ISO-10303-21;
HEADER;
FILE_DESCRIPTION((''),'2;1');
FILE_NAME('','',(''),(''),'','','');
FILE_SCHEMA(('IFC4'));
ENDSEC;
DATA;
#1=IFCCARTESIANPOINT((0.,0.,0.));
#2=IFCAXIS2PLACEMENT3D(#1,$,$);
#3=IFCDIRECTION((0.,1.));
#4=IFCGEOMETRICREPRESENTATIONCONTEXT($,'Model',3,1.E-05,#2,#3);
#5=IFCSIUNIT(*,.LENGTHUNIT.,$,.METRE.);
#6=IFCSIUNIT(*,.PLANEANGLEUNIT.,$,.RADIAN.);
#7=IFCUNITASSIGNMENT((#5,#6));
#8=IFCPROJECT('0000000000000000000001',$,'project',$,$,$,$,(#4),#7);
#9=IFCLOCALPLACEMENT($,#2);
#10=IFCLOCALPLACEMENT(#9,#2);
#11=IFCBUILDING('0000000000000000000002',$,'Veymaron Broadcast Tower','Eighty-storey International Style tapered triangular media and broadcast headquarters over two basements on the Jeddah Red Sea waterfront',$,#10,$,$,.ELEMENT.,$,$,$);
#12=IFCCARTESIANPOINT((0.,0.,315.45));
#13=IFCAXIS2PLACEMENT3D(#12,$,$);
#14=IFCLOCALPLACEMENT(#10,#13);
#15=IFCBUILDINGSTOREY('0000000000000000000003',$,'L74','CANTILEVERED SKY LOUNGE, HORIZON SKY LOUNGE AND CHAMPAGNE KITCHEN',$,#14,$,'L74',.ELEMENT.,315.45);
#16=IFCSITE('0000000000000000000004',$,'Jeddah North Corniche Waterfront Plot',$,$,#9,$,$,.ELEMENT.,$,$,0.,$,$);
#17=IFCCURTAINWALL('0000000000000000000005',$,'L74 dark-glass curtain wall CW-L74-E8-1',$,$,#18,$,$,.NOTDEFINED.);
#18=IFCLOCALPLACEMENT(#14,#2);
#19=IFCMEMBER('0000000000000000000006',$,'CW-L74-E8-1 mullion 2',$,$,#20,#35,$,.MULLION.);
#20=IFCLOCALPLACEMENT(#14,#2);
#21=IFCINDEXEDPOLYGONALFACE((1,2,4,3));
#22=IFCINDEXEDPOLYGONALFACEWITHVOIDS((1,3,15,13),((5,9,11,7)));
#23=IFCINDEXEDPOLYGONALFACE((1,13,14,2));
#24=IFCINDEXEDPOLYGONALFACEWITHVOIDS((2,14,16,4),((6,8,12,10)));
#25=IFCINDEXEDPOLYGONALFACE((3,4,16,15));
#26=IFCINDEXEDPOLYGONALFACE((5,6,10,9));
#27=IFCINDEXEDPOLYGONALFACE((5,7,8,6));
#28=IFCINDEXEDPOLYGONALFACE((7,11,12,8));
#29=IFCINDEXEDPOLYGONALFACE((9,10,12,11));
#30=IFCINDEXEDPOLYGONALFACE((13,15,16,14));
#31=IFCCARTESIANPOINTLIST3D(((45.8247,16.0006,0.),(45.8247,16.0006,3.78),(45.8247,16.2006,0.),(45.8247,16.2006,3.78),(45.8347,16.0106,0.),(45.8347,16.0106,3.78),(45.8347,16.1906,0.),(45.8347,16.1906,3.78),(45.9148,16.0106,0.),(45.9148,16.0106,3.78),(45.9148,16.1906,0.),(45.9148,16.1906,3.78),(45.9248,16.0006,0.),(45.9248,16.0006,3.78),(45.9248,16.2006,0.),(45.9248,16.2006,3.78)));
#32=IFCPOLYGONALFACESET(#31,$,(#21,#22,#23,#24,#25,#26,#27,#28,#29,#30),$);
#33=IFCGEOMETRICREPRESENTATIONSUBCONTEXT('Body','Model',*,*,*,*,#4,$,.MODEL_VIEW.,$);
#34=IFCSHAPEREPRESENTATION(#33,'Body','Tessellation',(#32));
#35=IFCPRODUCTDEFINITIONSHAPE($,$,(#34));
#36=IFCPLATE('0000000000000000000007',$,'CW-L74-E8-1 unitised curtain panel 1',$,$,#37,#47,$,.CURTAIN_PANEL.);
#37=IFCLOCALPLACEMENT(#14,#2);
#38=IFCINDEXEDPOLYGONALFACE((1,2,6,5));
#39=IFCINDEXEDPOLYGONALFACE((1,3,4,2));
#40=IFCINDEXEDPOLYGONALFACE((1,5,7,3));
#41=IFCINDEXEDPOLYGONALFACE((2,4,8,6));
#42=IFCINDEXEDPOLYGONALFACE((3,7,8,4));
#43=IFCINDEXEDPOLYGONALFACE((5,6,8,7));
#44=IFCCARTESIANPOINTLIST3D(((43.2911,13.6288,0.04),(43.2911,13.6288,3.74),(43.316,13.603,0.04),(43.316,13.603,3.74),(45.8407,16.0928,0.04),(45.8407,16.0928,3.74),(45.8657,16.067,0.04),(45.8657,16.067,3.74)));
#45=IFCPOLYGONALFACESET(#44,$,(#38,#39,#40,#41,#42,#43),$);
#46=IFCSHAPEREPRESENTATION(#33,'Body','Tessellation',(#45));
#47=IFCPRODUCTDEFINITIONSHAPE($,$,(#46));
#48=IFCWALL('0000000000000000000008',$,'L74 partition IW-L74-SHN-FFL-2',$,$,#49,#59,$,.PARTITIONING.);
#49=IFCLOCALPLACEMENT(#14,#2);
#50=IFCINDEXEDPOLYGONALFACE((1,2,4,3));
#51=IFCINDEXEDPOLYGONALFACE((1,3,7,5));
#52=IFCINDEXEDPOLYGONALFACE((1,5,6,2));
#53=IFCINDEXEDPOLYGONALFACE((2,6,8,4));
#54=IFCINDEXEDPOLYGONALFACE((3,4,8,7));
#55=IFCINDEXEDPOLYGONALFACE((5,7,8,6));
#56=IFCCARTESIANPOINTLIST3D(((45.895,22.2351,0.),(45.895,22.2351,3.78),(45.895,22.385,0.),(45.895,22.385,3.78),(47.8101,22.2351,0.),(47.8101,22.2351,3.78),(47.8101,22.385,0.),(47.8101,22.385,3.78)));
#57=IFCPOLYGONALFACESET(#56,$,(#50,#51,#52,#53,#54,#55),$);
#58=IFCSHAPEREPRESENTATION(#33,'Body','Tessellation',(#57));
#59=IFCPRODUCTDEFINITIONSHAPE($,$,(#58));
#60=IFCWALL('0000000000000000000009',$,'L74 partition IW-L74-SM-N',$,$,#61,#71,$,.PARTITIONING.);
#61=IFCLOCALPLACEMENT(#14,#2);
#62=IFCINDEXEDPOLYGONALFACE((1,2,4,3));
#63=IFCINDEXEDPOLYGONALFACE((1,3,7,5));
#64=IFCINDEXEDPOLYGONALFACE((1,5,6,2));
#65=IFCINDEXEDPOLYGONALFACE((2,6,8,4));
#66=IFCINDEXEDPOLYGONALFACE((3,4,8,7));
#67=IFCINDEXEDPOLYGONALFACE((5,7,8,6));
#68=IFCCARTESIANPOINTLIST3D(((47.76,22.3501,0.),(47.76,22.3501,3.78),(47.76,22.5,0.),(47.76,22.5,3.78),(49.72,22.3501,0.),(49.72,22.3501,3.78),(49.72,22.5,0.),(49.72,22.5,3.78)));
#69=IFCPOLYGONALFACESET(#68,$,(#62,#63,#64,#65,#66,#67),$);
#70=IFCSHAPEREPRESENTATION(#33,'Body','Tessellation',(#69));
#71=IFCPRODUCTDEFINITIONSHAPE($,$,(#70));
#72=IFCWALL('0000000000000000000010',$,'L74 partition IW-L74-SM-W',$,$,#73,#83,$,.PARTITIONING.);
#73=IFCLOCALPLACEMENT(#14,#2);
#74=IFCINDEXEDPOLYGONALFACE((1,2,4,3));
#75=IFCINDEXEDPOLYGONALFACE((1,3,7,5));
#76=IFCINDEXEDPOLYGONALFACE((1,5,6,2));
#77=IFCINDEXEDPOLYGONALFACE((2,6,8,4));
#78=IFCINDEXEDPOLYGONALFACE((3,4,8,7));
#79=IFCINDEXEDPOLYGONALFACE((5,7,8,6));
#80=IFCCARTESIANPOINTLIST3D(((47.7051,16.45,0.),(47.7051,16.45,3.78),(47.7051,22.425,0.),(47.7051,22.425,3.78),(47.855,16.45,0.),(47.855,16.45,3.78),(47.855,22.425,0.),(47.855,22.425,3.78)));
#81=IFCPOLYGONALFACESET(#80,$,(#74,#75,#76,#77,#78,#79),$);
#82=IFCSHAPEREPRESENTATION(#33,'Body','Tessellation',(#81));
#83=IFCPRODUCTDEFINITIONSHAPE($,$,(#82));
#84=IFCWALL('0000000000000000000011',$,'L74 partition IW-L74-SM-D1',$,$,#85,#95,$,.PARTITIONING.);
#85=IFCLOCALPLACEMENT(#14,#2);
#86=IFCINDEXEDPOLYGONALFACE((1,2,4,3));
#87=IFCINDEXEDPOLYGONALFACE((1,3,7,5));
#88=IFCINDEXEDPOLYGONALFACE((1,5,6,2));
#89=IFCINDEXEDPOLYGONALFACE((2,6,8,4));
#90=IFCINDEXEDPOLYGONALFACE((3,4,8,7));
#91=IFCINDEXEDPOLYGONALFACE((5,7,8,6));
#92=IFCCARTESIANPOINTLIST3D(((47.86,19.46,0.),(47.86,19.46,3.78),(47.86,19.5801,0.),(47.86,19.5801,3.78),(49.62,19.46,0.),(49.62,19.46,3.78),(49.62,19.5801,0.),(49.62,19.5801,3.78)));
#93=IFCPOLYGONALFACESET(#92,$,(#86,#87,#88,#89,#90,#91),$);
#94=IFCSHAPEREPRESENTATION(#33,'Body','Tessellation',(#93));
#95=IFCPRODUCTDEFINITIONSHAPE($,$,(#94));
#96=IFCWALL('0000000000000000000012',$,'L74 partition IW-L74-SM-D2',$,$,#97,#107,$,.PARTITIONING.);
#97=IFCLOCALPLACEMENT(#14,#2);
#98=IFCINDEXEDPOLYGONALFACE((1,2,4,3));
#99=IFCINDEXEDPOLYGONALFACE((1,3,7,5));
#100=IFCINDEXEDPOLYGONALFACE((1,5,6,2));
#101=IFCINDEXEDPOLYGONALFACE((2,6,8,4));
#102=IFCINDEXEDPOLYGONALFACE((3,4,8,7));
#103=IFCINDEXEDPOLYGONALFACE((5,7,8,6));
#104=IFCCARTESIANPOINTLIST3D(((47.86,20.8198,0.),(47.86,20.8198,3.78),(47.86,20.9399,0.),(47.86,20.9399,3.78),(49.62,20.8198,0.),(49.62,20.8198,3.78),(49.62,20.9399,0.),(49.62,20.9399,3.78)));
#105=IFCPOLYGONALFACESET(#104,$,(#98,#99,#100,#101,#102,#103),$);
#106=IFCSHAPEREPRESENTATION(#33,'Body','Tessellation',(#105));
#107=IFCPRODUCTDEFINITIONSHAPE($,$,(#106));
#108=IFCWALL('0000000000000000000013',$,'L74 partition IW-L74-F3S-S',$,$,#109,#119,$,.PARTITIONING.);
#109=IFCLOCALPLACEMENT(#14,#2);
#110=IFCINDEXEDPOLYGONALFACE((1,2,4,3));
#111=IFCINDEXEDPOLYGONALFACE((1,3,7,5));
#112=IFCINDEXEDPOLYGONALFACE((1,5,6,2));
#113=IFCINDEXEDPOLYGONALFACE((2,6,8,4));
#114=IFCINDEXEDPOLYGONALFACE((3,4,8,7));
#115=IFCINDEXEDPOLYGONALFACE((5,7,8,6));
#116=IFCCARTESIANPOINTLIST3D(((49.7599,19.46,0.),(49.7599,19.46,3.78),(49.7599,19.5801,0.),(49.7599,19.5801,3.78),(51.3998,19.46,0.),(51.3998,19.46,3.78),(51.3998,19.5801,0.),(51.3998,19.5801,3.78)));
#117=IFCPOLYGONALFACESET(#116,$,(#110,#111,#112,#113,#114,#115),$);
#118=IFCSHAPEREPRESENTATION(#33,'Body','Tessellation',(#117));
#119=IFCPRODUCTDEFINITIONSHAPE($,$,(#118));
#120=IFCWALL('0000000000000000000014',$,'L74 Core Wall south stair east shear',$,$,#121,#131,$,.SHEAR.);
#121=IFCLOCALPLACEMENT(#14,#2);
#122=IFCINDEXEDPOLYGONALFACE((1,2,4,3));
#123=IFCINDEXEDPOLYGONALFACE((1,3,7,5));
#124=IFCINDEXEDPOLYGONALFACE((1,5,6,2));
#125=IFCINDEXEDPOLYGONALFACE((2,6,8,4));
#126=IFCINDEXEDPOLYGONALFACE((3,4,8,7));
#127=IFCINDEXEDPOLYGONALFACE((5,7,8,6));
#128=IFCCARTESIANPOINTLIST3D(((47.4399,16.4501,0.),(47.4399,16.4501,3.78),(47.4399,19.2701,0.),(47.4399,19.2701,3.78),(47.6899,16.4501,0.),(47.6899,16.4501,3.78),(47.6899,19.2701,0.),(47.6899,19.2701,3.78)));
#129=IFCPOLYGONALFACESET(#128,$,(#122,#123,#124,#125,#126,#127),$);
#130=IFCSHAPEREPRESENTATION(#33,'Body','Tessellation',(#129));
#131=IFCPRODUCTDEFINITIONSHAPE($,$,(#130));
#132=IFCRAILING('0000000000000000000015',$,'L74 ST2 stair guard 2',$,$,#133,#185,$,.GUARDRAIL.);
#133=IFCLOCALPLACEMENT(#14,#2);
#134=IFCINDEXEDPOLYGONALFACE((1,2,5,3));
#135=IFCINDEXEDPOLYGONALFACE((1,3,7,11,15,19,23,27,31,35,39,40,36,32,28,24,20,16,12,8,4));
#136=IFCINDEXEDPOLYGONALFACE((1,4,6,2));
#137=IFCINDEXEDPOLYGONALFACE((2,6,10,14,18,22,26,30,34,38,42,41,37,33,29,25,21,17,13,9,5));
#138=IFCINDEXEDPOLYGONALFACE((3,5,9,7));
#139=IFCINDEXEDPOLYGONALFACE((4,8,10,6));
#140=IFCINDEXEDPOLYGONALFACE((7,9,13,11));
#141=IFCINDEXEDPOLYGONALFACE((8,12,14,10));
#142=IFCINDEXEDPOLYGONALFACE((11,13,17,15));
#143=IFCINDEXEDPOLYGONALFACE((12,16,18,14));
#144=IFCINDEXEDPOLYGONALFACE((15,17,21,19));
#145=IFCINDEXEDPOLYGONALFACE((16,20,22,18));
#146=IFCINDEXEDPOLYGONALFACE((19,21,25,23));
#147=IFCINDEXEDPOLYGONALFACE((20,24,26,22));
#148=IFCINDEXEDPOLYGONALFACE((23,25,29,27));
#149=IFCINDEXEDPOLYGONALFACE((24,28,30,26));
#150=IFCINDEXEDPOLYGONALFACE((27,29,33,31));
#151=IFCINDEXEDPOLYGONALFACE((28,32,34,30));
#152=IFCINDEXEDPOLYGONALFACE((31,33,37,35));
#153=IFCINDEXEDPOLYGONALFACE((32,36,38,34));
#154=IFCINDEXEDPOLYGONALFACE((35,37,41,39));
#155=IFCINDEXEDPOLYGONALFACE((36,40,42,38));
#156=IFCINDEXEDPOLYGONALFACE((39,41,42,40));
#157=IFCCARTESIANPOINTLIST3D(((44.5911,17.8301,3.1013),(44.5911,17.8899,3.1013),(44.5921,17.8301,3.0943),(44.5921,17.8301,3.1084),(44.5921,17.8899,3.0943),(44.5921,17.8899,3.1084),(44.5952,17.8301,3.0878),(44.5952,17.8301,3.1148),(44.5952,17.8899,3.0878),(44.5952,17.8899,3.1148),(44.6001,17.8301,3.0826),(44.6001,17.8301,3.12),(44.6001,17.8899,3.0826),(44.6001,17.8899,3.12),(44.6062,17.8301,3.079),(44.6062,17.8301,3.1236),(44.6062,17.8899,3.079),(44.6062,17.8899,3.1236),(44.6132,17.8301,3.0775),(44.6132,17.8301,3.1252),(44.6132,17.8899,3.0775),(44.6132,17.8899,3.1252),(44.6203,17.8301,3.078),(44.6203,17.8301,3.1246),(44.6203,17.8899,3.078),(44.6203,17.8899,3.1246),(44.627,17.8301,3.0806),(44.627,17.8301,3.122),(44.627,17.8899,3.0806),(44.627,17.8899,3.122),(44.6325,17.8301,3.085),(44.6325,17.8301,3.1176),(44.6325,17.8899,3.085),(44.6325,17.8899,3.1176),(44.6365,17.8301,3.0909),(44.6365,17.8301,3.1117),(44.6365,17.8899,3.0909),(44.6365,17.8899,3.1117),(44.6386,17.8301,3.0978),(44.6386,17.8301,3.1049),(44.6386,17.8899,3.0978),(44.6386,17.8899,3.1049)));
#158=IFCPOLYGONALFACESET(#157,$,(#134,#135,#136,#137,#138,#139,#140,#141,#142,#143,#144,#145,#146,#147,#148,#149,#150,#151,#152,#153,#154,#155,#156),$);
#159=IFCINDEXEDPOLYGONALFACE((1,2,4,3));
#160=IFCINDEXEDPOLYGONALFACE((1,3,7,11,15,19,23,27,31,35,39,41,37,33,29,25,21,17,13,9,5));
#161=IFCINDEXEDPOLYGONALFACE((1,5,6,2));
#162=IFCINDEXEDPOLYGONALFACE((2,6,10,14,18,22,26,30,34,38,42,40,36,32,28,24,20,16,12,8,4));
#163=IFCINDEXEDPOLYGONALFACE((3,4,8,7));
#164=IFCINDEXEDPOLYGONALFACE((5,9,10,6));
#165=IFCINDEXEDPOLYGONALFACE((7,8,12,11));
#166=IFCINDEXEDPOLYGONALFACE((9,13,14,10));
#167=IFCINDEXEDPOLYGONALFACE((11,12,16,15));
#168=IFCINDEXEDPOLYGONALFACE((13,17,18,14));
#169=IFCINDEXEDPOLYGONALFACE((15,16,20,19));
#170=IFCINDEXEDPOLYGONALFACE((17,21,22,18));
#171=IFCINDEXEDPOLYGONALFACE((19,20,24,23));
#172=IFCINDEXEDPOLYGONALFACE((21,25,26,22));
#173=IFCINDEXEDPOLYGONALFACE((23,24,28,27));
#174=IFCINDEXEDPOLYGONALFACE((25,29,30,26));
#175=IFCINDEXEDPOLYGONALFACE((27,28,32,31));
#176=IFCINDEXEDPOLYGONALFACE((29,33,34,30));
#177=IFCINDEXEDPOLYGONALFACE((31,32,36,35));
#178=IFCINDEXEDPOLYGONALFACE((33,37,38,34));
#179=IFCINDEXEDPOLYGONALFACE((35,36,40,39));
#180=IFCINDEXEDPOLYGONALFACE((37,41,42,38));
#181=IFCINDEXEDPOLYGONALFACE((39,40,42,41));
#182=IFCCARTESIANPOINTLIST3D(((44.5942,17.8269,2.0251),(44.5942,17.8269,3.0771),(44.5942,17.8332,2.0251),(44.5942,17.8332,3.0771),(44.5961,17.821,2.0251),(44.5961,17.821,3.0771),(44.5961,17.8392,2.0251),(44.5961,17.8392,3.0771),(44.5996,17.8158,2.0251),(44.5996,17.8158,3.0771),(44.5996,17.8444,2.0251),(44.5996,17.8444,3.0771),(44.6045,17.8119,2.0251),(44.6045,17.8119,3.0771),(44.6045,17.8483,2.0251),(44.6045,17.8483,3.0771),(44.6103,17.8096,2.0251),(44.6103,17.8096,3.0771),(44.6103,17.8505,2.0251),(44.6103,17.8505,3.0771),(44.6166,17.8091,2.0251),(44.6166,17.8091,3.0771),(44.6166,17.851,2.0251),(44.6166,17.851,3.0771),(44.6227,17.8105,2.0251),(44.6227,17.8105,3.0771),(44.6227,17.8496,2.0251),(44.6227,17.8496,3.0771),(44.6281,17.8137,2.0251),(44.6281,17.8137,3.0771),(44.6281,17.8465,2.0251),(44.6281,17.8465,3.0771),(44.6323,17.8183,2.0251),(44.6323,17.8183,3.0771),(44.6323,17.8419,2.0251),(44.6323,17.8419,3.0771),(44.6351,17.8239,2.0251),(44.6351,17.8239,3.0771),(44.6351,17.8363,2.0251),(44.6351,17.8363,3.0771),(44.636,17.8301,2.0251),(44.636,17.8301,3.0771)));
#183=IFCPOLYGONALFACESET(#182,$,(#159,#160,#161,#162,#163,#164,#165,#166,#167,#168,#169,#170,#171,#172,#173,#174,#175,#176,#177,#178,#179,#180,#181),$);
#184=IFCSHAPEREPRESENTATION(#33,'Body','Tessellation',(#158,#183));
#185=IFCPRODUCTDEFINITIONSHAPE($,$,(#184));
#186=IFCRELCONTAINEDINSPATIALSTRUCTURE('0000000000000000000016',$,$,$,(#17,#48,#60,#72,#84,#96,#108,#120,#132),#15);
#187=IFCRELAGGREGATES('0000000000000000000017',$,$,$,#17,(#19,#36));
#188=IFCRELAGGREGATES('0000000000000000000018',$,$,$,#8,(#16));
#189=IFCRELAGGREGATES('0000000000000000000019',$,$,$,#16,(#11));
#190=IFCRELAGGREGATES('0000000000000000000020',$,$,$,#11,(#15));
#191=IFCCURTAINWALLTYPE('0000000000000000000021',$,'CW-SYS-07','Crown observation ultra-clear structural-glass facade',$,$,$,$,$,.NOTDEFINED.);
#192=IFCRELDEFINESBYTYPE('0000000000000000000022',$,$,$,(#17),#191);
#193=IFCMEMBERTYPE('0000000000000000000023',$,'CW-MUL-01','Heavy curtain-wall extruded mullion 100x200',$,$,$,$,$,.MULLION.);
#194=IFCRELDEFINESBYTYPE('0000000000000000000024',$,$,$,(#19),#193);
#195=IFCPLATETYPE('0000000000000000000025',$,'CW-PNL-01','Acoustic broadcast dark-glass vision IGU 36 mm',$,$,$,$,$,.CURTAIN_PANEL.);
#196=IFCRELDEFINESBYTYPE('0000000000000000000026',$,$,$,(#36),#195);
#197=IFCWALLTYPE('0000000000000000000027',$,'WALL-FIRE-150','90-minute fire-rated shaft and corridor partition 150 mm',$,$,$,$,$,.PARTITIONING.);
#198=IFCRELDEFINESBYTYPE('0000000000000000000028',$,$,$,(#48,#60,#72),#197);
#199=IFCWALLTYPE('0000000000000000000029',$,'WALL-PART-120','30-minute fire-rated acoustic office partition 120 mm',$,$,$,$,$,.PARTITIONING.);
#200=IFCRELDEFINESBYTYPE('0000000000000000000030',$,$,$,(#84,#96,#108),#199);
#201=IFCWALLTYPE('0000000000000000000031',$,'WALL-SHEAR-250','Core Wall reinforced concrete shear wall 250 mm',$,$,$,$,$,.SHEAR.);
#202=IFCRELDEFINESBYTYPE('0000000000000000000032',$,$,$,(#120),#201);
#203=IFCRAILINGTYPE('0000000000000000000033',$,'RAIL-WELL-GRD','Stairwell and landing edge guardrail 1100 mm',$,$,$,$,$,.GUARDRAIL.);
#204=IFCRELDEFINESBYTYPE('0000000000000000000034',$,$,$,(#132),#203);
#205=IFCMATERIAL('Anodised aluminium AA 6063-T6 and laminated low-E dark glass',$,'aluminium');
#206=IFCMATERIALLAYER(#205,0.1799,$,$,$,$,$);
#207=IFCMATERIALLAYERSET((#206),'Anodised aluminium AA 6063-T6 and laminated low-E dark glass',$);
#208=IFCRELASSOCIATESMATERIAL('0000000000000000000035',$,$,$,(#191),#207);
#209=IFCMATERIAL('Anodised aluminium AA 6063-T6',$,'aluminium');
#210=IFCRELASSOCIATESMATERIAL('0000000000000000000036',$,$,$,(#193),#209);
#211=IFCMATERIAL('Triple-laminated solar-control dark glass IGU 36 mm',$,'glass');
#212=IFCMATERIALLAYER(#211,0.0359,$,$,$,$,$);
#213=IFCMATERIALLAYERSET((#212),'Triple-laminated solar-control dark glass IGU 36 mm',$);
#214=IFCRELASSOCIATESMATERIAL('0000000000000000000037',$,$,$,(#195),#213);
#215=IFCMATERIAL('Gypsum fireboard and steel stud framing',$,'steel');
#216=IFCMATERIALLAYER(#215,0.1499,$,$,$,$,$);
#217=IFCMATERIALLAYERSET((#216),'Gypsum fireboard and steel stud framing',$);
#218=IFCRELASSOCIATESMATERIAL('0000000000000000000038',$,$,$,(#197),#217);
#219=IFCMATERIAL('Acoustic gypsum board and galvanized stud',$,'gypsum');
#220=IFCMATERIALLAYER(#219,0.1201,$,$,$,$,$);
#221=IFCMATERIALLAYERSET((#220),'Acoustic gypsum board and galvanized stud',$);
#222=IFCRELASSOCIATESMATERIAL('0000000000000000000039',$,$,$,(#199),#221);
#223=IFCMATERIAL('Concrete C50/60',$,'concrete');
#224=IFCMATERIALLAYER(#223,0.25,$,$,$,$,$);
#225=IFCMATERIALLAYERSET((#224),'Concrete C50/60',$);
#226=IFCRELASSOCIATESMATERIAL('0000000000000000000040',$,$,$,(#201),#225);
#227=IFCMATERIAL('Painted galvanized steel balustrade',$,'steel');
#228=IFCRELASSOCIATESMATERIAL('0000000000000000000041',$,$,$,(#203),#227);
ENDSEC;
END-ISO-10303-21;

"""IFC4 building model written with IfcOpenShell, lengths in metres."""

from ifc_helpers import new_model, si_unit, direction, frame, frame_2d, origin, origin_2d, place, context, subcontext, project, spatial, rectangle, hollow_rectangle, circle, extrude, material, layer, layer_set, material_profile, profile_set, type_object, element, aggregate, save


model = new_model("IFC4")

# Units and contexts
model_context = context("Model", 3, precision=1e-05, world=origin(), true_north=direction((0.0, 1.0)))
body_context = subcontext(model_context, "Body", "Model", "MODEL_VIEW")
ifc_project = project(units=[si_unit("LENGTHUNIT", "METRE"), si_unit("PLANEANGLEUNIT", "RADIAN")], contexts=[model_context])

# Site, building, storey
site_placement = place(None, origin())
site = spatial("IfcSite", under=ifc_project, at=site_placement, Name="Jeddah North Corniche Waterfront Plot", CompositionType="ELEMENT", RefElevation=0.0)
building_placement = place(site_placement, origin())
building = spatial("IfcBuilding", under=site, at=building_placement, Name="Veymaron Broadcast Tower", Description="Eighty-storey International Style tapered triangular media and broadcast headquarters over two basements on the Jeddah Red Sea waterfront", CompositionType="ELEMENT")
storey_placement = place(building_placement, frame((0.0, 0.0, 315.45)))
storey = spatial("IfcBuildingStorey", under=building, at=storey_placement, Name="L74", Description="CANTILEVERED SKY LOUNGE, HORIZON SKY LOUNGE AND CHAMPAGNE KITCHEN", LongName="L74", CompositionType="ELEMENT", Elevation=315.45)

# Curtain wall, member, plate
ifc_material_1 = material(Name="Anodised aluminium AA 6063-T6 and laminated low-E dark glass", Category="aluminium")
ifc_layer_1 = layer(ifc_material_1, 0.1799)
ifc_layer_set_1 = layer_set([ifc_layer_1], Name="Anodised aluminium AA 6063-T6 and laminated low-E dark glass")
curtain_wall_type = type_object("IfcCurtainWallType", Name="CW-SYS-07", Description="Crown observation ultra-clear structural-glass facade", PredefinedType="NOTDEFINED", material=ifc_layer_set_1)
curtain_wall_placement = place(storey_placement, origin())
curtain_wall = element("IfcCurtainWall", 1, at=curtain_wall_placement, inside=storey, type_object=curtain_wall_type, Name="L74 dark-glass curtain wall CW-L74-E8-1", PredefinedType="NOTDEFINED")
ifc_material_2 = material(Name="Anodised aluminium AA 6063-T6", Category="aluminium")
ifc_material_profile = material_profile(ifc_material_2, hollow_rectangle(XDim=0.1001, YDim=0.2, WallThickness=0.01, at=origin_2d()), Name="RHS200X100X10")
ifc_profile_set = profile_set([ifc_material_profile], Name="Anodised aluminium AA 6063-T6")
member_type = type_object("IfcMemberType", Name="CW-MUL-01", Description="Heavy curtain-wall extruded mullion 100x200", PredefinedType="MULLION", material=ifc_profile_set)
member_placement = place(storey_placement, frame((45.8748, 16.1006, 0.0), z_axis=(0.0, 0.0, 1.0), x_axis=(1.0, 0.0, 0.0)))
member = element("IfcMember", 2, at=member_placement, type_object=member_type, Name="CW-L74-E8-1 mullion 2", PredefinedType="MULLION", context=body_context, shape_type="SweptSolid", body=[
    extrude(hollow_rectangle(XDim=0.1001, YDim=0.2, WallThickness=0.01, at=origin_2d()), origin(), (0.0, 0.0, 1.0), 3.78),
])
ifc_material_3 = material(Name="Triple-laminated solar-control dark glass IGU 36 mm", Category="glass")
ifc_layer_2 = layer(ifc_material_3, 0.0359)
ifc_layer_set_2 = layer_set([ifc_layer_2], Name="Triple-laminated solar-control dark glass IGU 36 mm")
plate_type = type_object("IfcPlateType", Name="CW-PNL-01", Description="Acoustic broadcast dark-glass vision IGU 36 mm", PredefinedType="CURTAIN_PANEL", material=ifc_layer_set_2)
plate_placement = place(storey_placement, frame((44.5784, 14.8479, 0.04), z_axis=(0.0, 0.0, 1.0), x_axis=(0.719097, 0.694909, 0.0)))
plate = element("IfcPlate", 3, at=plate_placement, type_object=plate_type, Name="CW-L74-E8-1 unitised curtain panel 1", PredefinedType="CURTAIN_PANEL", context=body_context, shape_type="SweptSolid", body=[
    extrude(rectangle(XDim=3.5457, YDim=0.0359, at=origin_2d()), origin(), (0.0, 0.0, 1.0), 3.7),
])
aggregate(curtain_wall, [member, plate])

# Shared definitions
ifc_material_4 = material(Name="Gypsum fireboard and steel stud framing", Category="steel")
ifc_layer_3 = layer(ifc_material_4, 0.1499)
ifc_layer_set_3 = layer_set([ifc_layer_3], Name="Gypsum fireboard and steel stud framing")
wall_type_1 = type_object("IfcWallType", Name="WALL-FIRE-150", Description="90-minute fire-rated shaft and corridor partition 150 mm", PredefinedType="PARTITIONING", material=ifc_layer_set_3)

# Wall
wall_1_placement = place(storey_placement, frame((45.895, 22.3101, 0.0), z_axis=(0.0, 0.0, 1.0), x_axis=(1.0, 0.0, 0.0)))
element("IfcWall", 4, at=wall_1_placement, inside=storey, type_object=wall_type_1, Name="L74 partition IW-L74-SHN-FFL-2", PredefinedType="PARTITIONING", context=body_context, shape_type="SweptSolid", body=[
    extrude(rectangle(XDim=1.915, YDim=0.1499, at=frame_2d((0.9575, 0.0))), origin(), (0.0, 0.0, 1.0), 3.78),
])

# Walls
wall_2_placement = place(storey_placement, frame((47.76, 22.425, 0.0), z_axis=(0.0, 0.0, 1.0), x_axis=(1.0, 0.0, 0.0)))
element("IfcWall", 5, at=wall_2_placement, inside=storey, type_object=wall_type_1, Name="L74 partition IW-L74-SM-N", PredefinedType="PARTITIONING", context=body_context, shape_type="SweptSolid", body=[
    extrude(rectangle(XDim=1.96, YDim=0.1499, at=frame_2d((0.98, 0.0))), origin(), (0.0, 0.0, 1.0), 3.78),
])
wall_3_placement = place(storey_placement, frame((47.78, 16.45, 0.0), z_axis=(0.0, 0.0, 1.0), x_axis=(0.0, 1.0, 0.0)))
element("IfcWall", 6, at=wall_3_placement, inside=storey, type_object=wall_type_1, Name="L74 partition IW-L74-SM-W", PredefinedType="PARTITIONING", context=body_context, shape_type="SweptSolid", body=[
    extrude(rectangle(XDim=5.9751, YDim=0.1499, at=frame_2d((2.9875, 0.0))), origin(), (0.0, 0.0, 1.0), 3.78),
])
ifc_material_5 = material(Name="Acoustic gypsum board and galvanized stud", Category="gypsum")
ifc_layer_4 = layer(ifc_material_5, 0.1201)
ifc_layer_set_4 = layer_set([ifc_layer_4], Name="Acoustic gypsum board and galvanized stud")
wall_type_2 = type_object("IfcWallType", Name="WALL-PART-120", Description="30-minute fire-rated acoustic office partition 120 mm", PredefinedType="PARTITIONING", material=ifc_layer_set_4)
for number, where, z_axis, x_axis, name in (
    (7, (47.8601, 19.52, 0.0), (0.0, 0.0, 1.0), (1.0, 0.0, 0.0), "L74 partition IW-L74-SM-D1"),
    (8, (47.8601, 20.8799, 0.0), (0.0, 0.0, 1.0), (1.0, 0.0, 0.0), "L74 partition IW-L74-SM-D2"),
):
    element("IfcWall", number, at=place(storey_placement, frame(where, z_axis=z_axis, x_axis=x_axis)), inside=storey, type_object=wall_type_2, Name=name, PredefinedType="PARTITIONING", context=body_context, shape_type="SweptSolid", body=[
        extrude(rectangle(XDim=1.76, YDim=0.1201, at=frame_2d((0.8799, 0.0))), origin(), (0.0, 0.0, 1.0), 3.78),
    ])

# Walls
wall_4_placement = place(storey_placement, frame((49.76, 19.52, 0.0), z_axis=(0.0, 0.0, 1.0), x_axis=(1.0, 0.0, 0.0)))
element("IfcWall", 9, at=wall_4_placement, inside=storey, type_object=wall_type_2, Name="L74 partition IW-L74-F3S-S", PredefinedType="PARTITIONING", context=body_context, shape_type="SweptSolid", body=[
    extrude(rectangle(XDim=1.6399, YDim=0.1201, at=frame_2d((0.8198, 0.0))), origin(), (0.0, 0.0, 1.0), 3.78),
])
ifc_material_6 = material(Name="Concrete C50/60", Category="concrete")
ifc_layer_5 = layer(ifc_material_6, 0.25)
ifc_layer_set_5 = layer_set([ifc_layer_5], Name="Concrete C50/60")
wall_type_3 = type_object("IfcWallType", Name="WALL-SHEAR-250", Description="Core Wall reinforced concrete shear wall 250 mm", PredefinedType="SHEAR", material=ifc_layer_set_5)
wall_5_placement = place(storey_placement, frame((47.5649, 16.45, 0.0), z_axis=(0.0, 0.0, 1.0), x_axis=(0.0, 1.0, 0.0)))
element("IfcWall", 10, at=wall_5_placement, inside=storey, type_object=wall_type_3, Name="L74 Core Wall south stair east shear", PredefinedType="SHEAR", context=body_context, shape_type="SweptSolid", body=[
    extrude(rectangle(XDim=2.8201, YDim=0.25, at=frame_2d((1.4102, 0.0))), origin(), (0.0, 0.0, 1.0), 3.78),
])

# Railing
ifc_material_7 = material(Name="Painted galvanized steel balustrade", Category="steel")
railing_type = type_object("IfcRailingType", Name="RAIL-WELL-GRD", Description="Stairwell and landing edge guardrail 1100 mm", PredefinedType="GUARDRAIL", material=ifc_material_7)
railing_placement = place(storey_placement, frame((44.615, 17.8301, 2.0251)))
element("IfcRailing", 11, at=railing_placement, inside=storey, type_object=railing_type, Name="L74 ST2 stair guard 2", PredefinedType="GUARDRAIL", context=body_context, shape_type="SweptSolid", body=[
    extrude(circle(Radius=0.0239, at=origin_2d()), frame((0.0, 0.0, 1.0762), z_axis=(0.0, 1.0, 0.0), x_axis=(-1.0, 0.0, 0.0)), (0.0, 0.0, 1.0), 0.0598),
    extrude(circle(Radius=0.021, at=origin_2d()), origin(), (0.0, 0.0, 1.0), 1.052),
])

save(model, "model.ifc")
